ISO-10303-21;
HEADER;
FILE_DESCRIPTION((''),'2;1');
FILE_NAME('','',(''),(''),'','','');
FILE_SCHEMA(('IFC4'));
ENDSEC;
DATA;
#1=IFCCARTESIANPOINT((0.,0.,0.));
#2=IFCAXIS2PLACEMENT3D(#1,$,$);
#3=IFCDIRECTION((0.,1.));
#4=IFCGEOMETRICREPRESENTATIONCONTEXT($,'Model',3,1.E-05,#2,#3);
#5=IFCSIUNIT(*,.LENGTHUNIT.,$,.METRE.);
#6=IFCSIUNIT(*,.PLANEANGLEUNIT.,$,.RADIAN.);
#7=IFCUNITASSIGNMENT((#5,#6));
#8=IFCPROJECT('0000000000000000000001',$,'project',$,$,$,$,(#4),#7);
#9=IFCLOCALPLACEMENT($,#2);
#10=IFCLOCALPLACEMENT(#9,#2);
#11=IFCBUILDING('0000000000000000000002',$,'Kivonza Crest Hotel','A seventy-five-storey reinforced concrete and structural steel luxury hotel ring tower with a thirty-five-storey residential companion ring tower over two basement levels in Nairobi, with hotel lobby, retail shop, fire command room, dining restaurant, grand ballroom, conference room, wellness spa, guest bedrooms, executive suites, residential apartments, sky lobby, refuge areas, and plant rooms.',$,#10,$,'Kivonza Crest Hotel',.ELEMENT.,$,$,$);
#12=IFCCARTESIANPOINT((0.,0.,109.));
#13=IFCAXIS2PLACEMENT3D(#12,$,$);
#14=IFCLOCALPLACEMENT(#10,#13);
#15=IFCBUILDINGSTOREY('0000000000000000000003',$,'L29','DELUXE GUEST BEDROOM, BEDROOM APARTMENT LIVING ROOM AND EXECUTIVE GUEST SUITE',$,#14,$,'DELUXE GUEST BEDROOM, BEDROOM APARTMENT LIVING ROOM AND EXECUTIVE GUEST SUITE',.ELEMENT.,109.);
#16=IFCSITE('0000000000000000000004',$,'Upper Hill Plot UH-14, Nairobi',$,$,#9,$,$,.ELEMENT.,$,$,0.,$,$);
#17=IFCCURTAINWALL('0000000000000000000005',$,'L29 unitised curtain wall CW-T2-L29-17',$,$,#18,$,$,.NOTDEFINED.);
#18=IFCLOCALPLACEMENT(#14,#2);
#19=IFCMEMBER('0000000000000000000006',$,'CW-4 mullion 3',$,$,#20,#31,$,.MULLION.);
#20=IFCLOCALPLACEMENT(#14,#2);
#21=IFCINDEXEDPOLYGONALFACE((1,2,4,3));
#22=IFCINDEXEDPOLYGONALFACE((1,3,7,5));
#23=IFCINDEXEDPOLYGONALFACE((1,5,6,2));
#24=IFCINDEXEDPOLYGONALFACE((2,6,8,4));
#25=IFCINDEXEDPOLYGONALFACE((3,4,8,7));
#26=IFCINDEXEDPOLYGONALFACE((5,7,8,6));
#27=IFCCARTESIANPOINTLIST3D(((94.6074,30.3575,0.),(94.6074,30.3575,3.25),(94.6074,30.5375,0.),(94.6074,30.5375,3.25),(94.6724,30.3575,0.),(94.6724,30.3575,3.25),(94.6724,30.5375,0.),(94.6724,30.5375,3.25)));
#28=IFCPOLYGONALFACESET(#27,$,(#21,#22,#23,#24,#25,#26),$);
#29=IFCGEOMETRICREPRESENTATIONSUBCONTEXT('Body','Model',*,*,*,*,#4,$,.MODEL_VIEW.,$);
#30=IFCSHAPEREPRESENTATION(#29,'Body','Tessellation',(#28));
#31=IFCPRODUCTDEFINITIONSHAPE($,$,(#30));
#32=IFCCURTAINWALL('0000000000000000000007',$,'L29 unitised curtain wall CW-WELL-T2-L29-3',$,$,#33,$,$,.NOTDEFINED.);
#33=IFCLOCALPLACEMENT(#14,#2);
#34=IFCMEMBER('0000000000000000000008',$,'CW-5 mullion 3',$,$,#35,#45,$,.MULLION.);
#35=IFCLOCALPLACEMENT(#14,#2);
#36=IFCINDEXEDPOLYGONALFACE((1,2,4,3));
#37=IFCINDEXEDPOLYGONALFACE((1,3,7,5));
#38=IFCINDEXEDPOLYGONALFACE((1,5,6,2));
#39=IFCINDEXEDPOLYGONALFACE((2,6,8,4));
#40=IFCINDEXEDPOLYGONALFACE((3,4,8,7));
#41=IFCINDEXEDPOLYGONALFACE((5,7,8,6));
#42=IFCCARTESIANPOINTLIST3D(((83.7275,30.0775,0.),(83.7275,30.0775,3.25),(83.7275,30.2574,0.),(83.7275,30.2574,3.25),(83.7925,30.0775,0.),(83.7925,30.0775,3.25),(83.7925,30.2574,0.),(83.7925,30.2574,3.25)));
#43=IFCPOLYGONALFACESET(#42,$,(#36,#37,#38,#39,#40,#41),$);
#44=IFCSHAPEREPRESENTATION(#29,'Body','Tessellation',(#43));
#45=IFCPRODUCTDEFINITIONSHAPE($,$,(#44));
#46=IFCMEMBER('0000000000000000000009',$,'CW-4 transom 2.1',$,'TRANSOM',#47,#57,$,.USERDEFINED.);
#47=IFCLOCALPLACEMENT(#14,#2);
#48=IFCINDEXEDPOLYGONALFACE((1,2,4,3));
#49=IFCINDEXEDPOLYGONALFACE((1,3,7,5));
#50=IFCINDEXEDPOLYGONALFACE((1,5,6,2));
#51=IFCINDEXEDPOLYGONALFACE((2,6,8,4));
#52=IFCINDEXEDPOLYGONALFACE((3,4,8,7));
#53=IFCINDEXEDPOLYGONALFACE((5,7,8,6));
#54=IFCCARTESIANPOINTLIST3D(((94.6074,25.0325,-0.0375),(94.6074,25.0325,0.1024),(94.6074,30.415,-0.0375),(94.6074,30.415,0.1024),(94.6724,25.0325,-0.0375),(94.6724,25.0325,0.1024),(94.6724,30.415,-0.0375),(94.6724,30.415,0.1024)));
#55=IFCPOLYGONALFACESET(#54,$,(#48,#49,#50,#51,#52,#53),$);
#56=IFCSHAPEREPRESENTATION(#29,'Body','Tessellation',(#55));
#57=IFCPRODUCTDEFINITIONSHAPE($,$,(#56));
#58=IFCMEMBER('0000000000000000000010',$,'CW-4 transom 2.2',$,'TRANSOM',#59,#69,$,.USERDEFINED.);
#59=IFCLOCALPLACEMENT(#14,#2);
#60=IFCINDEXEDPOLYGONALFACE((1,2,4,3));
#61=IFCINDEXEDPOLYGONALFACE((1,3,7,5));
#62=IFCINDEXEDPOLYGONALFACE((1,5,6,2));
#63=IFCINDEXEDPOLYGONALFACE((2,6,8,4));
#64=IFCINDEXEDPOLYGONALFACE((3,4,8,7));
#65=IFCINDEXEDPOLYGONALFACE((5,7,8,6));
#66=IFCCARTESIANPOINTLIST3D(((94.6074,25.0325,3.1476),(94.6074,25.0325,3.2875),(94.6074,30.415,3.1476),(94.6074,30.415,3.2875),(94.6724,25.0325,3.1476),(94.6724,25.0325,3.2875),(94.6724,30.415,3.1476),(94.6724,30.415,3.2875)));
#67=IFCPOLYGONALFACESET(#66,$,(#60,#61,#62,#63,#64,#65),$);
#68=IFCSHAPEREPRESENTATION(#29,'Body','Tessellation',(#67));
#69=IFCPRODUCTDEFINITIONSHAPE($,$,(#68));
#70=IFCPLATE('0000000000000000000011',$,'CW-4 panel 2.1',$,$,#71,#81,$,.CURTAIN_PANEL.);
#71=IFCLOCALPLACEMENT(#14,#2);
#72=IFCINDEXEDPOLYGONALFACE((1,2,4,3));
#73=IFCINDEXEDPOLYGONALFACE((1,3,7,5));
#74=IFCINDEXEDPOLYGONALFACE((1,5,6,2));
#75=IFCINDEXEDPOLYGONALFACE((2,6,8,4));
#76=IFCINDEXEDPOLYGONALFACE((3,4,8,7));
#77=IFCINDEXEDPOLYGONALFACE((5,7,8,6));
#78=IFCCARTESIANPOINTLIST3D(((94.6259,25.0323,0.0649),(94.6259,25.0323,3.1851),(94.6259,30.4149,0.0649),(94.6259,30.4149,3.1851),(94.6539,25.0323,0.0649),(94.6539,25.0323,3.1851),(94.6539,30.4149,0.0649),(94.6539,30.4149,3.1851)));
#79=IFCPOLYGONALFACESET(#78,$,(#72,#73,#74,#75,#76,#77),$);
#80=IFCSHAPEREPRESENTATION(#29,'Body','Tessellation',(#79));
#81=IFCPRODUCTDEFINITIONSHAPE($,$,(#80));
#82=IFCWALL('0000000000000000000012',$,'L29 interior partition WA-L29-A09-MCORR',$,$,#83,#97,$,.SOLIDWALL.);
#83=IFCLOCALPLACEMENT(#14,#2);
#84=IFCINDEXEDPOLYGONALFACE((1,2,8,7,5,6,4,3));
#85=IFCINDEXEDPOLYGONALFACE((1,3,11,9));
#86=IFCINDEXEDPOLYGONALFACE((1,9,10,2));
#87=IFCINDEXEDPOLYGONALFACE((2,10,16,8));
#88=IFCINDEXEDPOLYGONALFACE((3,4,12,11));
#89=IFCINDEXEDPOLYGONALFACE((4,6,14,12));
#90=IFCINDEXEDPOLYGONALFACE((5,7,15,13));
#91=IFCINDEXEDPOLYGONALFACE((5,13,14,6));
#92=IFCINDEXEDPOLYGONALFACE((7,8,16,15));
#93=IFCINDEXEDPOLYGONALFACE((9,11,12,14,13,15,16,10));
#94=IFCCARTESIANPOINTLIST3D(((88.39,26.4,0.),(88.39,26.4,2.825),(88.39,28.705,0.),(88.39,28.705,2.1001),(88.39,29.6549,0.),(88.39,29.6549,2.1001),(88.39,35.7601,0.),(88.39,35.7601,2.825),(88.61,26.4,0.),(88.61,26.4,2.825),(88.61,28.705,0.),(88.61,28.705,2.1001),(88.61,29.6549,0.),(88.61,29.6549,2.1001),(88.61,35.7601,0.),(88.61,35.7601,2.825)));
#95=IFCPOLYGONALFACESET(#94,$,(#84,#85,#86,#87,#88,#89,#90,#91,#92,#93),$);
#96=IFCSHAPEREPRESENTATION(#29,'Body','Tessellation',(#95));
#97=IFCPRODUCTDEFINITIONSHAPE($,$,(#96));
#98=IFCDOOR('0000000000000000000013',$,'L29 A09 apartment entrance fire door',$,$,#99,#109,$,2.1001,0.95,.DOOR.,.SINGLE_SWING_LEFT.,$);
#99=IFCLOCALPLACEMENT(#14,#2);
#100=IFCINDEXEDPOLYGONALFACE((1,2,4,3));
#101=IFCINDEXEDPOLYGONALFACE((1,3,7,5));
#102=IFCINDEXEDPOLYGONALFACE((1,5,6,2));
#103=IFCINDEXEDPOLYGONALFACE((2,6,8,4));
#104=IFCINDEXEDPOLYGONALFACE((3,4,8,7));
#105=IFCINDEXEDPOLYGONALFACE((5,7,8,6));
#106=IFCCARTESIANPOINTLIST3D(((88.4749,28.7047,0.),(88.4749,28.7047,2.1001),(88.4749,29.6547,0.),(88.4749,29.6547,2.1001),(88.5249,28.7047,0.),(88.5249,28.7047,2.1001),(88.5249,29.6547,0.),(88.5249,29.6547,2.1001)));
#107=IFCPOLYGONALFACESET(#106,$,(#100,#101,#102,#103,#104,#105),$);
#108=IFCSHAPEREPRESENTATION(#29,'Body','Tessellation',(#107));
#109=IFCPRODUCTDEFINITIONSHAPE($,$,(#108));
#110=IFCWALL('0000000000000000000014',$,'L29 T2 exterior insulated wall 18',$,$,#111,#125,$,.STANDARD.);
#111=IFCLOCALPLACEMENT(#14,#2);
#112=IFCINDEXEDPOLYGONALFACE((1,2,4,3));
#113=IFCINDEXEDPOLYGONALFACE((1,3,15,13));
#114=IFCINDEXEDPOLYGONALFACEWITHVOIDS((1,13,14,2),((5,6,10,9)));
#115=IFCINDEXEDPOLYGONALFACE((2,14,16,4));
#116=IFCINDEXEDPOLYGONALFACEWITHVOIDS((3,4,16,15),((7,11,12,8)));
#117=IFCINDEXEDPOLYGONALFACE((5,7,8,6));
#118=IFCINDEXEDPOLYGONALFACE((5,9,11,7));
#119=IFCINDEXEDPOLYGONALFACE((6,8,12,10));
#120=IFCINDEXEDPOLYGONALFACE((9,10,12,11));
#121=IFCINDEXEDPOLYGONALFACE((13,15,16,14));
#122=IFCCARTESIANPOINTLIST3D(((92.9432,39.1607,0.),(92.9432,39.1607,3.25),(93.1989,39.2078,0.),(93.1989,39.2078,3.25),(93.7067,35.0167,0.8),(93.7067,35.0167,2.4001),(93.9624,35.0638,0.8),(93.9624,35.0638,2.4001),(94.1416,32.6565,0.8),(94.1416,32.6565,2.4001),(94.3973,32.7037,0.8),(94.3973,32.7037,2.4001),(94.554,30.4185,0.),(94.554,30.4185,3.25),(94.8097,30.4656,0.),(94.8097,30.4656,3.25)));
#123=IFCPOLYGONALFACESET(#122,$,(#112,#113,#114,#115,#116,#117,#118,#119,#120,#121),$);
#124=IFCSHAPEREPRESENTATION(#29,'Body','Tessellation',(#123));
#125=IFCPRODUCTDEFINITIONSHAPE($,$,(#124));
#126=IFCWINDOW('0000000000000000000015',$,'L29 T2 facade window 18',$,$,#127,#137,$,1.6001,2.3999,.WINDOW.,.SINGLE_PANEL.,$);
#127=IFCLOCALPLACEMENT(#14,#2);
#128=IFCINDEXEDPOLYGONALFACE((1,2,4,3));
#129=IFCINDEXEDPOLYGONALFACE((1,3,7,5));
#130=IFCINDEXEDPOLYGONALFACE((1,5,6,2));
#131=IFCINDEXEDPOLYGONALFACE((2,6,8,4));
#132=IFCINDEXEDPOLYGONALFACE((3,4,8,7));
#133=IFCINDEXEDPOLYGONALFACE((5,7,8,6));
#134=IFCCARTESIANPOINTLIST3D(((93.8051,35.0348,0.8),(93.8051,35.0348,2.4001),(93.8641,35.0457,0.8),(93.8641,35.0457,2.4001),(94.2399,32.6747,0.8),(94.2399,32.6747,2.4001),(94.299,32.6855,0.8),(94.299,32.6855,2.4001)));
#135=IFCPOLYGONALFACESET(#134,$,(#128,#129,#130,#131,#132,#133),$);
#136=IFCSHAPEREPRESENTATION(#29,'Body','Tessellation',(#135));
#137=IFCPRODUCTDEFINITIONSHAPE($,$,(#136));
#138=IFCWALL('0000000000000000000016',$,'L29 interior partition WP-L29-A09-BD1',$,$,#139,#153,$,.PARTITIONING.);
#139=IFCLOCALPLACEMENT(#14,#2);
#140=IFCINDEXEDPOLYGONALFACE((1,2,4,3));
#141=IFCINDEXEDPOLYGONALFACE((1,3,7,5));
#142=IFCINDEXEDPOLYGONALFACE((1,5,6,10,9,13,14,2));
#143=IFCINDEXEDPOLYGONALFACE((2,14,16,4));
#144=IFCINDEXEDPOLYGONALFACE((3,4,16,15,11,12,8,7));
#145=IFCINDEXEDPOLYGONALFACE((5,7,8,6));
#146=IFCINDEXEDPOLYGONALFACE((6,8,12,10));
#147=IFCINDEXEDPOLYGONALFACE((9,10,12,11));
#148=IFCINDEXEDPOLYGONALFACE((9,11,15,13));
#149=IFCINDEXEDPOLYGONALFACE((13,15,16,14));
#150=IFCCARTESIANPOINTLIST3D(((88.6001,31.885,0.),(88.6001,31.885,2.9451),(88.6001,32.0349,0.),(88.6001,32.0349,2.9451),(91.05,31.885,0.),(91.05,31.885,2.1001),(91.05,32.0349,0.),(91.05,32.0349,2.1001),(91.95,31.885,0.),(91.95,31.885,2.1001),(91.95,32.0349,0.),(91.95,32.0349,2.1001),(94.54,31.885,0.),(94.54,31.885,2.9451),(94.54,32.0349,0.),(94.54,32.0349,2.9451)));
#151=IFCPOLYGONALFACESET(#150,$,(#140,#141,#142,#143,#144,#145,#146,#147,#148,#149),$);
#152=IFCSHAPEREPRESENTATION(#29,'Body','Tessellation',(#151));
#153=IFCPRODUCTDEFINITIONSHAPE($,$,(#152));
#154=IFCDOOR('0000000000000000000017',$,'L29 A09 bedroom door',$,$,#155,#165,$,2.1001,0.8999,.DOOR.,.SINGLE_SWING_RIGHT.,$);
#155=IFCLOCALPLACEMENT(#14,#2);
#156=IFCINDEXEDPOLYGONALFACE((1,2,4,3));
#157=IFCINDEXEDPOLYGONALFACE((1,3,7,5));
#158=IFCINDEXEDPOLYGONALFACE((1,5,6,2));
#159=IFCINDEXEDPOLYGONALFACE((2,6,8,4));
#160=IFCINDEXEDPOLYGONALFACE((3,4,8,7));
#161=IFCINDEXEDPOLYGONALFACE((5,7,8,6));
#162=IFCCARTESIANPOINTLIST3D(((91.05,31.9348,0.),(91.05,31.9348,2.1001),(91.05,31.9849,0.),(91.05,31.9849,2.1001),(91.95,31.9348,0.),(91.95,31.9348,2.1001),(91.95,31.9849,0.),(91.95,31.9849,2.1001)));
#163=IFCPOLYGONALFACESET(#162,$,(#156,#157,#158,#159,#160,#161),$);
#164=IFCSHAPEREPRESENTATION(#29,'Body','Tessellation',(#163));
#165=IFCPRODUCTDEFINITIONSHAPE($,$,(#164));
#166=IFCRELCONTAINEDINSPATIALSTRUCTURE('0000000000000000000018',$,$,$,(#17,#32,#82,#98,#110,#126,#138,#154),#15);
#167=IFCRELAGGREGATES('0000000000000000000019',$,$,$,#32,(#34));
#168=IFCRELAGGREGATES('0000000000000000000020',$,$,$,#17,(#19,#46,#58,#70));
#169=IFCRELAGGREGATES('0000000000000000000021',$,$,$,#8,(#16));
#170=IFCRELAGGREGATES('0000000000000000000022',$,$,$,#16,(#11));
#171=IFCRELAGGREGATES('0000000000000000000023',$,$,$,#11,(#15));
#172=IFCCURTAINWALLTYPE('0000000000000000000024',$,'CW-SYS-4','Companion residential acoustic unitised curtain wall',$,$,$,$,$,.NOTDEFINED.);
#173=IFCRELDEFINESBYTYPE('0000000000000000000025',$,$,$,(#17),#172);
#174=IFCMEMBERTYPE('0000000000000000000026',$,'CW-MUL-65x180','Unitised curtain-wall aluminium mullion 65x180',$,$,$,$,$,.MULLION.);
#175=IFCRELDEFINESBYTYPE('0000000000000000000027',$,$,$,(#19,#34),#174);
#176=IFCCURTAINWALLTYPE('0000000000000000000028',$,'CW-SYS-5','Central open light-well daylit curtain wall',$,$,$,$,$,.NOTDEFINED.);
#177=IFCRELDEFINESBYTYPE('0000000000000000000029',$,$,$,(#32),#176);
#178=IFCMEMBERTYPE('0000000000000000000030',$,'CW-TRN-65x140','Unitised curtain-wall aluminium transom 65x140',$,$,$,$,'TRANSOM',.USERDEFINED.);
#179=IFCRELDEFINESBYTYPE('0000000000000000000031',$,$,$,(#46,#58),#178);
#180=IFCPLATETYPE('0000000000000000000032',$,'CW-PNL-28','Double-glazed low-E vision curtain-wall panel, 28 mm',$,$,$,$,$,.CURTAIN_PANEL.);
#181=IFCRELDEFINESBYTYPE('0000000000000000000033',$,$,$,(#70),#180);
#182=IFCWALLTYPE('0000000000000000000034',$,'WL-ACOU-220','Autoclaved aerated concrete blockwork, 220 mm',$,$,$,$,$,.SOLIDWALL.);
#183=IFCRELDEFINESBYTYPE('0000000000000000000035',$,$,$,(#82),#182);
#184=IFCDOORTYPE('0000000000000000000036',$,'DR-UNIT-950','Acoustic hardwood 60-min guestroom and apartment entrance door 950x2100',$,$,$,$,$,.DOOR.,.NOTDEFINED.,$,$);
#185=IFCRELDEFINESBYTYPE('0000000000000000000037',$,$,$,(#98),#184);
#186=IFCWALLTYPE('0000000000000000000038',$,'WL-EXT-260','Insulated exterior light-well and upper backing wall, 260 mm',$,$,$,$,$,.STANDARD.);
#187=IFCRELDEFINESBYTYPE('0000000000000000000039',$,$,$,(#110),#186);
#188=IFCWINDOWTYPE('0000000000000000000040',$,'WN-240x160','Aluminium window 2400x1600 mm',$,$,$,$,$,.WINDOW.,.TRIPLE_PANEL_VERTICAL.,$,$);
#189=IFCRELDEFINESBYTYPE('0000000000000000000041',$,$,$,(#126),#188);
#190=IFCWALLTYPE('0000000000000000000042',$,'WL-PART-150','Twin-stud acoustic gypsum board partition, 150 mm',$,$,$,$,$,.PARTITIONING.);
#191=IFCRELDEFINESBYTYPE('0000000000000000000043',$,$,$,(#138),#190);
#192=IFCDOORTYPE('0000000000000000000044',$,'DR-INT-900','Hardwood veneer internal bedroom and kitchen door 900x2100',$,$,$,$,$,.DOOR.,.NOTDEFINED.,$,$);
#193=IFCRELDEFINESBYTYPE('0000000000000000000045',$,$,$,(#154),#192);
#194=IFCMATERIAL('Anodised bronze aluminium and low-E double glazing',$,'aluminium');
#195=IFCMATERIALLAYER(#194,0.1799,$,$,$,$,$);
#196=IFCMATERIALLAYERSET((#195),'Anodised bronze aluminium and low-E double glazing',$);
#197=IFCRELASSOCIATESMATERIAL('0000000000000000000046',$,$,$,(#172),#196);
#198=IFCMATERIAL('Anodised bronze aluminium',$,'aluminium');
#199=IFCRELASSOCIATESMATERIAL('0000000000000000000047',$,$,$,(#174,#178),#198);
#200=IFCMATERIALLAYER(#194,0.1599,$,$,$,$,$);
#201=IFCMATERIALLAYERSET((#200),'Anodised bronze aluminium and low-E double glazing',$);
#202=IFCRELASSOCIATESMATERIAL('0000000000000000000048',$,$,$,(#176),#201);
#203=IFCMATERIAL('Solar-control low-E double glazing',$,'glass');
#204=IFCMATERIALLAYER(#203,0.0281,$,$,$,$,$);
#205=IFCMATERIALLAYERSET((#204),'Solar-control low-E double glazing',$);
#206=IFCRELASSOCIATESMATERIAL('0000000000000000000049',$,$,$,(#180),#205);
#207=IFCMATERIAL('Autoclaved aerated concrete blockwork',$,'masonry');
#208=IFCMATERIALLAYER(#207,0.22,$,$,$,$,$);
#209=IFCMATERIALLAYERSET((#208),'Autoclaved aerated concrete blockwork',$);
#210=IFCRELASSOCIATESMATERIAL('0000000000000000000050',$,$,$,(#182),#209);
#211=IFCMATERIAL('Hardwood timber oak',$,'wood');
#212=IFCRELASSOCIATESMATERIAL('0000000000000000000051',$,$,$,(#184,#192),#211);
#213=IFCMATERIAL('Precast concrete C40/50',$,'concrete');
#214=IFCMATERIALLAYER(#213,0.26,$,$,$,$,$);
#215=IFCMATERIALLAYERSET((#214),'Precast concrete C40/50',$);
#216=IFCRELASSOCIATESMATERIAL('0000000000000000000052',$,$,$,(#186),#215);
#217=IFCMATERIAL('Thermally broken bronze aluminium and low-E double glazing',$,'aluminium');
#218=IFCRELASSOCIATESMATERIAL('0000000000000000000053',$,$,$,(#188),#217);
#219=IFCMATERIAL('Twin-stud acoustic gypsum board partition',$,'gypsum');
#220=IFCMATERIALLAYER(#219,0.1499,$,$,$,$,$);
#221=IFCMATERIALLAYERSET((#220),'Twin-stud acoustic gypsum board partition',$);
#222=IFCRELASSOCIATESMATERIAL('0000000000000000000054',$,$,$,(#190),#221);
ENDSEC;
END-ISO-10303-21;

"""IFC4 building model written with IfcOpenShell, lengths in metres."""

from ifc_helpers import new_model, si_unit, direction, frame, frame_2d, origin, origin_2d, place, context, subcontext, project, spatial, rectangle, extrude, material, layer, layer_set, material_profile, profile_set, type_object, element, fill, aggregate, save


model = new_model("IFC4")

# Units and contexts
model_context = context("Model", 3, precision=1e-05, world=origin(), true_north=direction((0.0, 1.0)))
body_context = subcontext(model_context, "Body", "Model", "MODEL_VIEW")
ifc_project = project(units=[si_unit("LENGTHUNIT", "METRE"), si_unit("PLANEANGLEUNIT", "RADIAN")], contexts=[model_context])

# Site, building, storey
site_placement = place(None, origin())
site = spatial("IfcSite", under=ifc_project, at=site_placement, Name="Upper Hill Plot UH-14, Nairobi", CompositionType="ELEMENT", RefElevation=0.0)
building_placement = place(site_placement, origin())
building = spatial("IfcBuilding", under=site, at=building_placement, Name="Kivonza Crest Hotel", Description="A seventy-five-storey reinforced concrete and structural steel luxury hotel ring tower with a thirty-five-storey residential companion ring tower over two basement levels in Nairobi, with hotel lobby, retail shop, fire command room, dining restaurant, grand ballroom, conference room, wellness spa, guest bedrooms, executive suites, residential apartments, sky lobby, refuge areas, and plant rooms.", LongName="Kivonza Crest Hotel", CompositionType="ELEMENT")
storey_placement = place(building_placement, frame((0.0, 0.0, 109.0)))
storey = spatial("IfcBuildingStorey", under=building, at=storey_placement, Name="L29", Description="DELUXE GUEST BEDROOM, BEDROOM APARTMENT LIVING ROOM AND EXECUTIVE GUEST SUITE", LongName="DELUXE GUEST BEDROOM, BEDROOM APARTMENT LIVING ROOM AND EXECUTIVE GUEST SUITE", CompositionType="ELEMENT", Elevation=109.0)

# Curtain wall, member
ifc_material_1 = material(Name="Anodised bronze aluminium and low-E double glazing", Category="aluminium")
ifc_layer_1 = layer(ifc_material_1, 0.1799)
ifc_layer_set_1 = layer_set([ifc_layer_1], Name="Anodised bronze aluminium and low-E double glazing")
curtain_wall_type_1 = type_object("IfcCurtainWallType", Name="CW-SYS-4", Description="Companion residential acoustic unitised curtain wall", PredefinedType="NOTDEFINED", material=ifc_layer_set_1)
curtain_wall_1_placement = place(storey_placement, origin())
curtain_wall_1 = element("IfcCurtainWall", 1, at=curtain_wall_1_placement, inside=storey, type_object=curtain_wall_type_1, Name="L29 unitised curtain wall CW-T2-L29-17", PredefinedType="NOTDEFINED")
ifc_material_2 = material(Name="Anodised bronze aluminium", Category="aluminium")
ifc_material_profile_1 = material_profile(ifc_material_2, rectangle(XDim=0.0649, YDim=0.1799, at=origin_2d()), Name="CW-M 65x180")
ifc_profile_set_1 = profile_set([ifc_material_profile_1], Name="Anodised bronze aluminium")
member_type_1 = type_object("IfcMemberType", Name="CW-MUL-65x180", Description="Unitised curtain-wall aluminium mullion 65x180", PredefinedType="MULLION", material=ifc_profile_set_1)
member_1_placement = place(storey_placement, frame((94.6399, 30.4475, 0.0), z_axis=(0.0, 0.0, 1.0), x_axis=(-1.0, 0.0, 0.0)))
member_1 = element("IfcMember", 2, at=member_1_placement, type_object=member_type_1, Name="CW-4 mullion 3", PredefinedType="MULLION", context=body_context, shape_type="SweptSolid", body=[
    extrude(rectangle(XDim=0.0649, YDim=0.1799, at=origin_2d()), origin(), (0.0, 0.0, 1.0), 3.25),
])

# Curtain wall, member
ifc_layer_2 = layer(ifc_material_1, 0.1599)
ifc_layer_set_2 = layer_set([ifc_layer_2], Name="Anodised bronze aluminium and low-E double glazing")
curtain_wall_type_2 = type_object("IfcCurtainWallType", Name="CW-SYS-5", Description="Central open light-well daylit curtain wall", PredefinedType="NOTDEFINED", material=ifc_layer_set_2)
curtain_wall_2_placement = place(storey_placement, origin())
curtain_wall_2 = element("IfcCurtainWall", 3, at=curtain_wall_2_placement, inside=storey, type_object=curtain_wall_type_2, Name="L29 unitised curtain wall CW-WELL-T2-L29-3", PredefinedType="NOTDEFINED")
member_2_placement = place(storey_placement, frame((83.76, 30.1675, 0.0), z_axis=(0.0, 0.0, 1.0), x_axis=(-1.0, 0.0, 0.0)))
member_2 = element("IfcMember", 4, at=member_2_placement, type_object=member_type_1, Name="CW-5 mullion 3", PredefinedType="MULLION", context=body_context, shape_type="SweptSolid", body=[
    extrude(rectangle(XDim=0.0649, YDim=0.1799, at=origin_2d()), origin(), (0.0, 0.0, 1.0), 3.25),
])
aggregate(curtain_wall_2, [member_2])

# Members
ifc_material_profile_2 = material_profile(ifc_material_2, rectangle(XDim=0.0649, YDim=0.1399, at=origin_2d()), Name="CW-T 65x140")
ifc_profile_set_2 = profile_set([ifc_material_profile_2], Name="Anodised bronze aluminium")
member_type_2 = type_object("IfcMemberType", Name="CW-TRN-65x140", Description="Unitised curtain-wall aluminium transom 65x140", ElementType="TRANSOM", PredefinedType="USERDEFINED", material=ifc_profile_set_2)
member_3_placement = place(storey_placement, frame((94.6399, 25.0325, 0.0325), z_axis=(0.0, 1.0, 0.0), x_axis=(-1.0, 0.0, 0.0)))
member_3 = element("IfcMember", 5, at=member_3_placement, type_object=member_type_2, Name="CW-4 transom 2.1", ObjectType="TRANSOM", PredefinedType="USERDEFINED", context=body_context, shape_type="SweptSolid", body=[
    extrude(rectangle(XDim=0.0649, YDim=0.1399, at=origin_2d()), origin(), (0.0, 0.0, 1.0), 5.3826),
])
member_4_placement = place(storey_placement, frame((94.6399, 25.0325, 3.2175), z_axis=(0.0, 1.0, 0.0), x_axis=(-1.0, 0.0, 0.0)))
member_4 = element("IfcMember", 6, at=member_4_placement, type_object=member_type_2, Name="CW-4 transom 2.2", ObjectType="TRANSOM", PredefinedType="USERDEFINED", context=body_context, shape_type="SweptSolid", body=[
    extrude(rectangle(XDim=0.0649, YDim=0.1399, at=origin_2d()), origin(), (0.0, 0.0, 1.0), 5.3826),
])

# Plate
ifc_material_3 = material(Name="Solar-control low-E double glazing", Category="glass")
ifc_layer_3 = layer(ifc_material_3, 0.0281)
ifc_layer_set_3 = layer_set([ifc_layer_3], Name="Solar-control low-E double glazing")
plate_type = type_object("IfcPlateType", Name="CW-PNL-28", Description="Double-glazed low-E vision curtain-wall panel, 28 mm", PredefinedType="CURTAIN_PANEL", material=ifc_layer_set_3)
plate_placement = place(storey_placement, frame((94.6399, 27.7236, 0.0649), z_axis=(0.0, 0.0, 1.0), x_axis=(0.0, 1.0, 0.0)))
plate = element("IfcPlate", 7, at=plate_placement, type_object=plate_type, Name="CW-4 panel 2.1", PredefinedType="CURTAIN_PANEL", context=body_context, shape_type="SweptSolid", body=[
    extrude(rectangle(XDim=5.3826, YDim=0.0281, at=origin_2d()), origin(), (0.0, 0.0, 1.0), 3.1201),
])
aggregate(curtain_wall_1, [member_1, member_3, member_4, plate])

# Wall, opening, door
ifc_material_4 = material(Name="Autoclaved aerated concrete blockwork", Category="masonry")
ifc_layer_4 = layer(ifc_material_4, 0.22)
ifc_layer_set_4 = layer_set([ifc_layer_4], Name="Autoclaved aerated concrete blockwork")
wall_type_1 = type_object("IfcWallType", Name="WL-ACOU-220", Description="Autoclaved aerated concrete blockwork, 220 mm", PredefinedType="SOLIDWALL", material=ifc_layer_set_4)
wall_1_placement = place(storey_placement, frame((88.5, 26.3999, 0.0), z_axis=(0.0, 0.0, 1.0), x_axis=(0.0, 1.0, 0.0)))
wall_1 = element("IfcWall", 8, at=wall_1_placement, inside=storey, type_object=wall_type_1, Name="L29 interior partition WA-L29-A09-MCORR", PredefinedType="SOLIDWALL", context=body_context, shape_type="SweptSolid", body=[
    extrude(rectangle(XDim=9.3601, YDim=0.22, at=frame_2d((4.6802, 0.0))), origin(), (0.0, 0.0, 1.0), 2.825),
])
opening_1_placement = place(wall_1_placement, frame((2.3049, 0.0, 0.0)))
opening_1 = element("IfcOpeningElement", 9, at=opening_1_placement, cuts=wall_1, PredefinedType="OPENING", context=body_context, shape_type="SweptSolid", body=[
    extrude(rectangle(XDim=0.95, YDim=2.1001, at=frame_2d((0.4751, 1.05))), frame((0.0, 0.1201, 0.0), z_axis=(0.0, -1.0, 0.0), x_axis=(1.0, 0.0, 0.0)), (0.0, 0.0, 1.0), 0.24),
])
ifc_material_5 = material(Name="Hardwood timber oak", Category="wood")
door_type_1 = type_object("IfcDoorType", Name="DR-UNIT-950", Description="Acoustic hardwood 60-min guestroom and apartment entrance door 950x2100", OperationType="NOTDEFINED", PredefinedType="DOOR", material=ifc_material_5)
door_1_placement = place(opening_1_placement, frame((0.95, 0.0, 0.0), z_axis=(0.0, 0.0, 1.0), x_axis=(-1.0, 0.0, 0.0)))
door_1 = element("IfcDoor", 10, at=door_1_placement, inside=storey, type_object=door_type_1, Name="L29 A09 apartment entrance fire door", OperationType="SINGLE_SWING_LEFT", OverallHeight=2.1001, OverallWidth=0.95, PredefinedType="DOOR", context=body_context, shape_type="SweptSolid", body=[
    extrude(rectangle(XDim=0.95, YDim=2.1001, at=frame_2d((0.4751, 1.05))), frame((0.0, 0.0249, 0.0), z_axis=(0.0, -1.0, 0.0), x_axis=(1.0, 0.0, 0.0)), (0.0, 0.0, 1.0), 0.05),
])
fill(opening_1, door_1)

# Wall, opening, window
ifc_material_6 = material(Name="Precast concrete C40/50", Category="concrete")
ifc_layer_5 = layer(ifc_material_6, 0.26)
ifc_layer_set_5 = layer_set([ifc_layer_5], Name="Precast concrete C40/50")
wall_type_2 = type_object("IfcWallType", Name="WL-EXT-260", Description="Insulated exterior light-well and upper backing wall, 260 mm", PredefinedType="STANDARD", material=ifc_layer_set_5)
wall_2_placement = place(storey_placement, frame((94.6819, 30.4419, 0.0), z_axis=(0.0, 0.0, 1.0), x_axis=(-0.18121, 0.983444, 0.0)))
wall_2 = element("IfcWall", 11, at=wall_2_placement, inside=storey, type_object=wall_type_2, Name="L29 T2 exterior insulated wall 18", PredefinedType="STANDARD", context=body_context, shape_type="SweptSolid", body=[
    extrude(rectangle(XDim=8.8894, YDim=0.26, at=frame_2d((4.4448, 0.0))), origin(), (0.0, 0.0, 1.0), 3.25),
])
opening_2_placement = place(wall_2_placement, frame((2.2759, 0.0, 0.8)))
opening_2 = element("IfcOpeningElement", 12, at=opening_2_placement, cuts=wall_2, PredefinedType="OPENING", context=body_context, shape_type="SweptSolid", body=[
    extrude(rectangle(XDim=2.3999, YDim=1.6001, at=frame_2d((1.2, 0.8))), frame((0.0, 0.1401, 0.0), z_axis=(0.0, -1.0, 0.0), x_axis=(1.0, 0.0, 0.0)), (0.0, 0.0, 1.0), 0.28),
])
ifc_material_7 = material(Name="Thermally broken bronze aluminium and low-E double glazing", Category="aluminium")
window_type = type_object("IfcWindowType", Name="WN-240x160", Description="Aluminium window 2400x1600 mm", PartitioningType="TRIPLE_PANEL_VERTICAL", PredefinedType="WINDOW", material=ifc_material_7)
window_placement = place(opening_2_placement, origin())
window = element("IfcWindow", 13, at=window_placement, inside=storey, type_object=window_type, Name="L29 T2 facade window 18", OverallHeight=1.6001, OverallWidth=2.3999, PartitioningType="SINGLE_PANEL", PredefinedType="WINDOW", context=body_context, shape_type="SweptSolid", body=[
    extrude(rectangle(XDim=2.3999, YDim=1.6001, at=frame_2d((1.2, 0.8))), frame((0.0, 0.03, 0.0), z_axis=(0.0, -1.0, 0.0), x_axis=(1.0, 0.0, 0.0)), (0.0, 0.0, 1.0), 0.0601),
])
fill(opening_2, window)

# Wall, opening, door
ifc_material_8 = material(Name="Twin-stud acoustic gypsum board partition", Category="gypsum")
ifc_layer_6 = layer(ifc_material_8, 0.1499)
ifc_layer_set_6 = layer_set([ifc_layer_6], Name="Twin-stud acoustic gypsum board partition")
wall_type_3 = type_object("IfcWallType", Name="WL-PART-150", Description="Twin-stud acoustic gypsum board partition, 150 mm", PredefinedType="PARTITIONING", material=ifc_layer_set_6)
wall_3_placement = place(storey_placement, frame((88.6001, 31.96, 0.0), z_axis=(0.0, 0.0, 1.0), x_axis=(1.0, 0.0, 0.0)))
wall_3 = element("IfcWall", 14, at=wall_3_placement, inside=storey, type_object=wall_type_3, Name="L29 interior partition WP-L29-A09-BD1", PredefinedType="PARTITIONING", context=body_context, shape_type="SweptSolid", body=[
    extrude(rectangle(XDim=5.9399, YDim=0.1499, at=frame_2d((2.97, 0.0))), origin(), (0.0, 0.0, 1.0), 2.9451),
])
opening_3_placement = place(wall_3_placement, frame((2.45, 0.0, 0.0)))
opening_3 = element("IfcOpeningElement", 15, at=opening_3_placement, cuts=wall_3, PredefinedType="OPENING", context=body_context, shape_type="SweptSolid", body=[
    extrude(rectangle(XDim=0.8999, YDim=2.1001, at=frame_2d((0.45, 1.05))), frame((0.0, 0.085, 0.0), z_axis=(0.0, -1.0, 0.0), x_axis=(1.0, 0.0, 0.0)), (0.0, 0.0, 1.0), 0.1699),
])
door_type_2 = type_object("IfcDoorType", Name="DR-INT-900", Description="Hardwood veneer internal bedroom and kitchen door 900x2100", OperationType="NOTDEFINED", PredefinedType="DOOR", material=ifc_material_5)
door_2_placement = place(opening_3_placement, origin())
door_2 = element("IfcDoor", 16, at=door_2_placement, inside=storey, type_object=door_type_2, Name="L29 A09 bedroom door", OperationType="SINGLE_SWING_RIGHT", OverallHeight=2.1001, OverallWidth=0.8999, PredefinedType="DOOR", context=body_context, shape_type="SweptSolid", body=[
    extrude(rectangle(XDim=0.8999, YDim=2.1001, at=frame_2d((0.45, 1.05))), frame((0.0, 0.0249, 0.0), z_axis=(0.0, -1.0, 0.0), x_axis=(1.0, 0.0, 0.0)), (0.0, 0.0, 1.0), 0.05),
])
fill(opening_3, door_2)

save(model, "model.ifc")
